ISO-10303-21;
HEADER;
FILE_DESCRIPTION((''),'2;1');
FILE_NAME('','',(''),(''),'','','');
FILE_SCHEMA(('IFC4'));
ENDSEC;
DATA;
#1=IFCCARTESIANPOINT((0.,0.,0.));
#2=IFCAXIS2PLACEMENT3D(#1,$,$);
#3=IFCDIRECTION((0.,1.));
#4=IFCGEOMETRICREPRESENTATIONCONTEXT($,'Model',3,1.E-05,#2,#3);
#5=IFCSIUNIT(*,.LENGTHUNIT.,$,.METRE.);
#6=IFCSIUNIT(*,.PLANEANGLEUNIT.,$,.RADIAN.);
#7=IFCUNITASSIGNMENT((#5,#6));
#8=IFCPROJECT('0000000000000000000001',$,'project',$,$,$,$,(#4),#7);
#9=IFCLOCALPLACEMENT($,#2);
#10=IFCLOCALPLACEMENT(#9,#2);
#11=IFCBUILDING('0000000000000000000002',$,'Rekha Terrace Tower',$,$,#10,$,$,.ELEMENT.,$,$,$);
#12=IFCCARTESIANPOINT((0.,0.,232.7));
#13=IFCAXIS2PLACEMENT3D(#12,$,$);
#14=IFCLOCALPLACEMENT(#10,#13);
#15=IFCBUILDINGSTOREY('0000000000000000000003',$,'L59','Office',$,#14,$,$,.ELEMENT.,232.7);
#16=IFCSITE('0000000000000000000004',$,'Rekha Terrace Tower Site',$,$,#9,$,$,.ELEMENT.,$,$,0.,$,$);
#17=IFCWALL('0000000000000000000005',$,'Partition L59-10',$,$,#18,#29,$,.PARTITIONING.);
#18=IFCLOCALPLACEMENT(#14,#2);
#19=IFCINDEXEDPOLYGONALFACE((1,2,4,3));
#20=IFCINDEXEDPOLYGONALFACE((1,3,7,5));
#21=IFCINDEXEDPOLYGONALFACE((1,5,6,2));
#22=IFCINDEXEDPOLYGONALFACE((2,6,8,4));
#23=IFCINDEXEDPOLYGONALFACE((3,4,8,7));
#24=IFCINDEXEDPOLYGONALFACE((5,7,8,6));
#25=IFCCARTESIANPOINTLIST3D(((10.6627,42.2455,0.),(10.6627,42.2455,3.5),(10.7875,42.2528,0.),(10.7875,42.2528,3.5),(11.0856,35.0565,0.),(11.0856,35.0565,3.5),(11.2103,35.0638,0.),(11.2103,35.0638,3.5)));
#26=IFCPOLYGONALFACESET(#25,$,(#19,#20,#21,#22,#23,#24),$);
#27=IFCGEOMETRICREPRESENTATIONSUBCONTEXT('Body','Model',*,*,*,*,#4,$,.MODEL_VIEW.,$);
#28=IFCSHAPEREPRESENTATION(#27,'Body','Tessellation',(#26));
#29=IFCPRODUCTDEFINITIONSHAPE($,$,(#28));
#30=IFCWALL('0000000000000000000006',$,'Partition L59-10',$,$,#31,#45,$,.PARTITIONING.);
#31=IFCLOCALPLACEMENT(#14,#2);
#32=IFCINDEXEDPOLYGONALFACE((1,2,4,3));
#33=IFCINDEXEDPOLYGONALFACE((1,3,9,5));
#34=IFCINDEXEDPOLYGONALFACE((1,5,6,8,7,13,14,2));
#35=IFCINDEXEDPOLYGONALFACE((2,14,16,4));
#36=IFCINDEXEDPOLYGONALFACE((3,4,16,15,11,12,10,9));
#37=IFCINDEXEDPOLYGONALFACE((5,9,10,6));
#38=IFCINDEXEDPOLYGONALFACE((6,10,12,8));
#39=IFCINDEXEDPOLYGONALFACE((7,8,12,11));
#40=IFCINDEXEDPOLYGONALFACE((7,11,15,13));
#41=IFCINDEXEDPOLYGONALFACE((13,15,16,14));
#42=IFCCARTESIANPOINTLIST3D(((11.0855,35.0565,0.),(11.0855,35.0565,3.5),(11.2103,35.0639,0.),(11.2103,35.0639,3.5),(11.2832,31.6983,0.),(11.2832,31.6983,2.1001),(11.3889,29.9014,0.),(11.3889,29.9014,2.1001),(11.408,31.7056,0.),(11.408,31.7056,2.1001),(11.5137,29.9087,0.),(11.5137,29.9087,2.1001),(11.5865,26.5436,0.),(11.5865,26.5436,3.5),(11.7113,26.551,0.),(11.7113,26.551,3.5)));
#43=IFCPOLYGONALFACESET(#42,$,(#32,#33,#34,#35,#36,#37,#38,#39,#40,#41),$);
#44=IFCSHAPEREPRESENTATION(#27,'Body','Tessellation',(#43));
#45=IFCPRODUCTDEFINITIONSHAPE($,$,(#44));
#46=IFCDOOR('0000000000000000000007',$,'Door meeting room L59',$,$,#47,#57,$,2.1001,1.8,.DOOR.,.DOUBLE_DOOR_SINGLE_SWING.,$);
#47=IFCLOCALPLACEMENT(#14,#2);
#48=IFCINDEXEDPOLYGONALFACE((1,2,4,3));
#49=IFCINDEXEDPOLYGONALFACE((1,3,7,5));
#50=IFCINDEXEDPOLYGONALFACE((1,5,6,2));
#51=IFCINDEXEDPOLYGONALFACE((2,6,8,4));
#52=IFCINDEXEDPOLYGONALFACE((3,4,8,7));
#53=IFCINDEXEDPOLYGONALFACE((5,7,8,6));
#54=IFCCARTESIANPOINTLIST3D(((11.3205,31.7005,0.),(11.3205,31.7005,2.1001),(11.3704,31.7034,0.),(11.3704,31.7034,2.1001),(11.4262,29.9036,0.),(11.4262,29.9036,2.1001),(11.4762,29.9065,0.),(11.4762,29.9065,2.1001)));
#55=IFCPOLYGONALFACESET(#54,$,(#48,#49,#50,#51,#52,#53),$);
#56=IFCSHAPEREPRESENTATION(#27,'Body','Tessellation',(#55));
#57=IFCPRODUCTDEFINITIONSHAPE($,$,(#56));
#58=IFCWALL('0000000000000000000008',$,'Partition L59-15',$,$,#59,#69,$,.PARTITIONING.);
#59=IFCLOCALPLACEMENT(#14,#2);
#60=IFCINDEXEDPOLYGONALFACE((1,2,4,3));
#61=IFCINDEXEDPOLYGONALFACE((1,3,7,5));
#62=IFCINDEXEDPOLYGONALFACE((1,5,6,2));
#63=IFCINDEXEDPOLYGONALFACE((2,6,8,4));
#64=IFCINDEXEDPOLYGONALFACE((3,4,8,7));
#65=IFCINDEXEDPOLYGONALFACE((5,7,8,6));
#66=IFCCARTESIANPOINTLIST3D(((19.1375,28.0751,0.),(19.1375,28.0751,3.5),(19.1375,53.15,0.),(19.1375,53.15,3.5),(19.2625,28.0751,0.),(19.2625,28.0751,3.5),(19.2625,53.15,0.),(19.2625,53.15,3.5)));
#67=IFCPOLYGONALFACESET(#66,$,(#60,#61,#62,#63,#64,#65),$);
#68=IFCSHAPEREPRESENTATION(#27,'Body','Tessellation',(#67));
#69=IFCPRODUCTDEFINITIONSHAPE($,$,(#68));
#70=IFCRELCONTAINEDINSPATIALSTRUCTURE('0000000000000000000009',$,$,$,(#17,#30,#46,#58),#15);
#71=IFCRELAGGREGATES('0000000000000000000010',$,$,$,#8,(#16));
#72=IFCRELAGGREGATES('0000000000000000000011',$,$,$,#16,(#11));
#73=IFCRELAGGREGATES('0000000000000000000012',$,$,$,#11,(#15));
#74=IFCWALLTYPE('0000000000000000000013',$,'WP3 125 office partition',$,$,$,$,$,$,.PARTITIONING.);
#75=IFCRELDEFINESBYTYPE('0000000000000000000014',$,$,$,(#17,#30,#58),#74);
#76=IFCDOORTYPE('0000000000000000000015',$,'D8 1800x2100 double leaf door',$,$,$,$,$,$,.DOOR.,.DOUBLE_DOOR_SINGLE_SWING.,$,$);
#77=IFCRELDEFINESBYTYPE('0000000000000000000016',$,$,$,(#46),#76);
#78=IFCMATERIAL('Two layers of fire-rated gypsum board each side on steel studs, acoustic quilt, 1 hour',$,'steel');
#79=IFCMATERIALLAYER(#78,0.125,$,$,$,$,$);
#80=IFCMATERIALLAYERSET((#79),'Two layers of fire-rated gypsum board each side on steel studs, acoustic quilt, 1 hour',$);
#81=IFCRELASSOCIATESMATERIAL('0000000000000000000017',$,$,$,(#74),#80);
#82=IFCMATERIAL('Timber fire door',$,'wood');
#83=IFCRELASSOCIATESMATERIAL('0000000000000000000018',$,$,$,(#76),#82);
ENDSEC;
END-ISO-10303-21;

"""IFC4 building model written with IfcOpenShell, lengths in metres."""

from ifc_helpers import new_model, si_unit, direction, frame, frame_2d, origin, place, context, subcontext, project, spatial, rectangle, extrude, material, layer, layer_set, type_object, element, fill, save


model = new_model("IFC4")

# Units and contexts
model_context = context("Model", 3, precision=1e-05, world=origin(), true_north=direction((0.0, 1.0)))
body_context = subcontext(model_context, "Body", "Model", "MODEL_VIEW")
ifc_project = project(units=[si_unit("LENGTHUNIT", "METRE"), si_unit("PLANEANGLEUNIT", "RADIAN")], contexts=[model_context])

# Site, building, storey
site_placement = place(None, origin())
site = spatial("IfcSite", under=ifc_project, at=site_placement, Name="Rekha Terrace Tower Site", CompositionType="ELEMENT", RefElevation=0.0)
building_placement = place(site_placement, origin())
building = spatial("IfcBuilding", under=site, at=building_placement, Name="Rekha Terrace Tower", CompositionType="ELEMENT")
storey_placement = place(building_placement, frame((0.0, 0.0, 232.7)))
storey = spatial("IfcBuildingStorey", under=building, at=storey_placement, Name="L59", Description="Office", CompositionType="ELEMENT", Elevation=232.7)

# Wall
ifc_material_1 = material(Name="Two layers of fire-rated gypsum board each side on steel studs, acoustic quilt, 1 hour", Category="steel")
ifc_layer_1 = layer(ifc_material_1, 0.125)
ifc_layer_set_1 = layer_set([ifc_layer_1], Name="Two layers of fire-rated gypsum board each side on steel studs, acoustic quilt, 1 hour")
wall_type_1 = type_object("IfcWallType", Name="WP3 125 office partition", PredefinedType="PARTITIONING", material=ifc_layer_set_1)
wall_1_placement = place(storey_placement, frame((10.7251, 42.249, 0.0), z_axis=(0.0, 0.0, 1.0), x_axis=(0.058718, -0.998275, 0.0)))
element("IfcWall", 1, at=wall_1_placement, inside=storey, type_object=wall_type_1, Name="Partition L59-10", PredefinedType="PARTITIONING", context=body_context, shape_type="SweptSolid", body=[
    extrude(rectangle(XDim=7.2014, YDim=0.125, at=frame_2d((3.6006, 0.0))), origin(), (0.0, 0.0, 1.0), 3.5),
])

# Wall, opening, door
wall_2_placement = place(storey_placement, frame((11.1479, 35.0601, 0.0), z_axis=(0.0, 0.0, 1.0), x_axis=(0.058747, -0.998273, 0.0)))
wall_2 = element("IfcWall", 2, at=wall_2_placement, inside=storey, type_object=wall_type_1, Name="Partition L59-10", PredefinedType="PARTITIONING", context=body_context, shape_type="SweptSolid", body=[
    extrude(rectangle(XDim=8.5276, YDim=0.125, at=frame_2d((4.2637, 0.0))), origin(), (0.0, 0.0, 1.0), 3.5),
])
opening_1_placement = place(wall_2_placement, frame((3.364, 0.0, 0.0)))
opening_1 = element("IfcOpeningElement", 3, at=opening_1_placement, cuts=wall_2, PredefinedType="OPENING", context=body_context, shape_type="SweptSolid", body=[
    extrude(rectangle(XDim=1.8, YDim=2.1001, at=frame_2d((0.8999, 1.05))), frame((0.0, 0.0725, 0.0), z_axis=(0.0, -1.0, 0.0), x_axis=(1.0, 0.0, 0.0)), (0.0, 0.0, 1.0), 0.145),
])
ifc_material_2 = material(Name="Timber fire door", Category="wood")
door_type_1 = type_object("IfcDoorType", Name="D8 1800x2100 double leaf door", OperationType="DOUBLE_DOOR_SINGLE_SWING", PredefinedType="DOOR", material=ifc_material_2)
door_1_placement = place(opening_1_placement, origin())
door_1 = element("IfcDoor", 4, at=door_1_placement, inside=storey, type_object=door_type_1, Name="Door meeting room L59", OperationType="DOUBLE_DOOR_SINGLE_SWING", OverallHeight=2.1001, OverallWidth=1.8, PredefinedType="DOOR", context=body_context, shape_type="SweptSolid", body=[
    extrude(rectangle(XDim=1.8, YDim=2.1001, at=frame_2d((0.8999, 1.05))), frame((0.0, 0.0249, 0.0), z_axis=(0.0, -1.0, 0.0), x_axis=(1.0, 0.0, 0.0)), (0.0, 0.0, 1.0), 0.05),
])
fill(opening_1, door_1)

# Wall
wall_3_placement = place(storey_placement, frame((19.2, 28.075, 0.0), z_axis=(0.0, 0.0, 1.0), x_axis=(0.0, 1.0, 0.0)))
element("IfcWall", 5, at=wall_3_placement, inside=storey, type_object=wall_type_1, Name="Partition L59-15", PredefinedType="PARTITIONING", context=body_context, shape_type="SweptSolid", body=[
    extrude(rectangle(XDim=25.075, YDim=0.125, at=frame_2d((12.5376, 0.0))), origin(), (0.0, 0.0, 1.0), 3.5),
])

save(model, "model.ifc")
